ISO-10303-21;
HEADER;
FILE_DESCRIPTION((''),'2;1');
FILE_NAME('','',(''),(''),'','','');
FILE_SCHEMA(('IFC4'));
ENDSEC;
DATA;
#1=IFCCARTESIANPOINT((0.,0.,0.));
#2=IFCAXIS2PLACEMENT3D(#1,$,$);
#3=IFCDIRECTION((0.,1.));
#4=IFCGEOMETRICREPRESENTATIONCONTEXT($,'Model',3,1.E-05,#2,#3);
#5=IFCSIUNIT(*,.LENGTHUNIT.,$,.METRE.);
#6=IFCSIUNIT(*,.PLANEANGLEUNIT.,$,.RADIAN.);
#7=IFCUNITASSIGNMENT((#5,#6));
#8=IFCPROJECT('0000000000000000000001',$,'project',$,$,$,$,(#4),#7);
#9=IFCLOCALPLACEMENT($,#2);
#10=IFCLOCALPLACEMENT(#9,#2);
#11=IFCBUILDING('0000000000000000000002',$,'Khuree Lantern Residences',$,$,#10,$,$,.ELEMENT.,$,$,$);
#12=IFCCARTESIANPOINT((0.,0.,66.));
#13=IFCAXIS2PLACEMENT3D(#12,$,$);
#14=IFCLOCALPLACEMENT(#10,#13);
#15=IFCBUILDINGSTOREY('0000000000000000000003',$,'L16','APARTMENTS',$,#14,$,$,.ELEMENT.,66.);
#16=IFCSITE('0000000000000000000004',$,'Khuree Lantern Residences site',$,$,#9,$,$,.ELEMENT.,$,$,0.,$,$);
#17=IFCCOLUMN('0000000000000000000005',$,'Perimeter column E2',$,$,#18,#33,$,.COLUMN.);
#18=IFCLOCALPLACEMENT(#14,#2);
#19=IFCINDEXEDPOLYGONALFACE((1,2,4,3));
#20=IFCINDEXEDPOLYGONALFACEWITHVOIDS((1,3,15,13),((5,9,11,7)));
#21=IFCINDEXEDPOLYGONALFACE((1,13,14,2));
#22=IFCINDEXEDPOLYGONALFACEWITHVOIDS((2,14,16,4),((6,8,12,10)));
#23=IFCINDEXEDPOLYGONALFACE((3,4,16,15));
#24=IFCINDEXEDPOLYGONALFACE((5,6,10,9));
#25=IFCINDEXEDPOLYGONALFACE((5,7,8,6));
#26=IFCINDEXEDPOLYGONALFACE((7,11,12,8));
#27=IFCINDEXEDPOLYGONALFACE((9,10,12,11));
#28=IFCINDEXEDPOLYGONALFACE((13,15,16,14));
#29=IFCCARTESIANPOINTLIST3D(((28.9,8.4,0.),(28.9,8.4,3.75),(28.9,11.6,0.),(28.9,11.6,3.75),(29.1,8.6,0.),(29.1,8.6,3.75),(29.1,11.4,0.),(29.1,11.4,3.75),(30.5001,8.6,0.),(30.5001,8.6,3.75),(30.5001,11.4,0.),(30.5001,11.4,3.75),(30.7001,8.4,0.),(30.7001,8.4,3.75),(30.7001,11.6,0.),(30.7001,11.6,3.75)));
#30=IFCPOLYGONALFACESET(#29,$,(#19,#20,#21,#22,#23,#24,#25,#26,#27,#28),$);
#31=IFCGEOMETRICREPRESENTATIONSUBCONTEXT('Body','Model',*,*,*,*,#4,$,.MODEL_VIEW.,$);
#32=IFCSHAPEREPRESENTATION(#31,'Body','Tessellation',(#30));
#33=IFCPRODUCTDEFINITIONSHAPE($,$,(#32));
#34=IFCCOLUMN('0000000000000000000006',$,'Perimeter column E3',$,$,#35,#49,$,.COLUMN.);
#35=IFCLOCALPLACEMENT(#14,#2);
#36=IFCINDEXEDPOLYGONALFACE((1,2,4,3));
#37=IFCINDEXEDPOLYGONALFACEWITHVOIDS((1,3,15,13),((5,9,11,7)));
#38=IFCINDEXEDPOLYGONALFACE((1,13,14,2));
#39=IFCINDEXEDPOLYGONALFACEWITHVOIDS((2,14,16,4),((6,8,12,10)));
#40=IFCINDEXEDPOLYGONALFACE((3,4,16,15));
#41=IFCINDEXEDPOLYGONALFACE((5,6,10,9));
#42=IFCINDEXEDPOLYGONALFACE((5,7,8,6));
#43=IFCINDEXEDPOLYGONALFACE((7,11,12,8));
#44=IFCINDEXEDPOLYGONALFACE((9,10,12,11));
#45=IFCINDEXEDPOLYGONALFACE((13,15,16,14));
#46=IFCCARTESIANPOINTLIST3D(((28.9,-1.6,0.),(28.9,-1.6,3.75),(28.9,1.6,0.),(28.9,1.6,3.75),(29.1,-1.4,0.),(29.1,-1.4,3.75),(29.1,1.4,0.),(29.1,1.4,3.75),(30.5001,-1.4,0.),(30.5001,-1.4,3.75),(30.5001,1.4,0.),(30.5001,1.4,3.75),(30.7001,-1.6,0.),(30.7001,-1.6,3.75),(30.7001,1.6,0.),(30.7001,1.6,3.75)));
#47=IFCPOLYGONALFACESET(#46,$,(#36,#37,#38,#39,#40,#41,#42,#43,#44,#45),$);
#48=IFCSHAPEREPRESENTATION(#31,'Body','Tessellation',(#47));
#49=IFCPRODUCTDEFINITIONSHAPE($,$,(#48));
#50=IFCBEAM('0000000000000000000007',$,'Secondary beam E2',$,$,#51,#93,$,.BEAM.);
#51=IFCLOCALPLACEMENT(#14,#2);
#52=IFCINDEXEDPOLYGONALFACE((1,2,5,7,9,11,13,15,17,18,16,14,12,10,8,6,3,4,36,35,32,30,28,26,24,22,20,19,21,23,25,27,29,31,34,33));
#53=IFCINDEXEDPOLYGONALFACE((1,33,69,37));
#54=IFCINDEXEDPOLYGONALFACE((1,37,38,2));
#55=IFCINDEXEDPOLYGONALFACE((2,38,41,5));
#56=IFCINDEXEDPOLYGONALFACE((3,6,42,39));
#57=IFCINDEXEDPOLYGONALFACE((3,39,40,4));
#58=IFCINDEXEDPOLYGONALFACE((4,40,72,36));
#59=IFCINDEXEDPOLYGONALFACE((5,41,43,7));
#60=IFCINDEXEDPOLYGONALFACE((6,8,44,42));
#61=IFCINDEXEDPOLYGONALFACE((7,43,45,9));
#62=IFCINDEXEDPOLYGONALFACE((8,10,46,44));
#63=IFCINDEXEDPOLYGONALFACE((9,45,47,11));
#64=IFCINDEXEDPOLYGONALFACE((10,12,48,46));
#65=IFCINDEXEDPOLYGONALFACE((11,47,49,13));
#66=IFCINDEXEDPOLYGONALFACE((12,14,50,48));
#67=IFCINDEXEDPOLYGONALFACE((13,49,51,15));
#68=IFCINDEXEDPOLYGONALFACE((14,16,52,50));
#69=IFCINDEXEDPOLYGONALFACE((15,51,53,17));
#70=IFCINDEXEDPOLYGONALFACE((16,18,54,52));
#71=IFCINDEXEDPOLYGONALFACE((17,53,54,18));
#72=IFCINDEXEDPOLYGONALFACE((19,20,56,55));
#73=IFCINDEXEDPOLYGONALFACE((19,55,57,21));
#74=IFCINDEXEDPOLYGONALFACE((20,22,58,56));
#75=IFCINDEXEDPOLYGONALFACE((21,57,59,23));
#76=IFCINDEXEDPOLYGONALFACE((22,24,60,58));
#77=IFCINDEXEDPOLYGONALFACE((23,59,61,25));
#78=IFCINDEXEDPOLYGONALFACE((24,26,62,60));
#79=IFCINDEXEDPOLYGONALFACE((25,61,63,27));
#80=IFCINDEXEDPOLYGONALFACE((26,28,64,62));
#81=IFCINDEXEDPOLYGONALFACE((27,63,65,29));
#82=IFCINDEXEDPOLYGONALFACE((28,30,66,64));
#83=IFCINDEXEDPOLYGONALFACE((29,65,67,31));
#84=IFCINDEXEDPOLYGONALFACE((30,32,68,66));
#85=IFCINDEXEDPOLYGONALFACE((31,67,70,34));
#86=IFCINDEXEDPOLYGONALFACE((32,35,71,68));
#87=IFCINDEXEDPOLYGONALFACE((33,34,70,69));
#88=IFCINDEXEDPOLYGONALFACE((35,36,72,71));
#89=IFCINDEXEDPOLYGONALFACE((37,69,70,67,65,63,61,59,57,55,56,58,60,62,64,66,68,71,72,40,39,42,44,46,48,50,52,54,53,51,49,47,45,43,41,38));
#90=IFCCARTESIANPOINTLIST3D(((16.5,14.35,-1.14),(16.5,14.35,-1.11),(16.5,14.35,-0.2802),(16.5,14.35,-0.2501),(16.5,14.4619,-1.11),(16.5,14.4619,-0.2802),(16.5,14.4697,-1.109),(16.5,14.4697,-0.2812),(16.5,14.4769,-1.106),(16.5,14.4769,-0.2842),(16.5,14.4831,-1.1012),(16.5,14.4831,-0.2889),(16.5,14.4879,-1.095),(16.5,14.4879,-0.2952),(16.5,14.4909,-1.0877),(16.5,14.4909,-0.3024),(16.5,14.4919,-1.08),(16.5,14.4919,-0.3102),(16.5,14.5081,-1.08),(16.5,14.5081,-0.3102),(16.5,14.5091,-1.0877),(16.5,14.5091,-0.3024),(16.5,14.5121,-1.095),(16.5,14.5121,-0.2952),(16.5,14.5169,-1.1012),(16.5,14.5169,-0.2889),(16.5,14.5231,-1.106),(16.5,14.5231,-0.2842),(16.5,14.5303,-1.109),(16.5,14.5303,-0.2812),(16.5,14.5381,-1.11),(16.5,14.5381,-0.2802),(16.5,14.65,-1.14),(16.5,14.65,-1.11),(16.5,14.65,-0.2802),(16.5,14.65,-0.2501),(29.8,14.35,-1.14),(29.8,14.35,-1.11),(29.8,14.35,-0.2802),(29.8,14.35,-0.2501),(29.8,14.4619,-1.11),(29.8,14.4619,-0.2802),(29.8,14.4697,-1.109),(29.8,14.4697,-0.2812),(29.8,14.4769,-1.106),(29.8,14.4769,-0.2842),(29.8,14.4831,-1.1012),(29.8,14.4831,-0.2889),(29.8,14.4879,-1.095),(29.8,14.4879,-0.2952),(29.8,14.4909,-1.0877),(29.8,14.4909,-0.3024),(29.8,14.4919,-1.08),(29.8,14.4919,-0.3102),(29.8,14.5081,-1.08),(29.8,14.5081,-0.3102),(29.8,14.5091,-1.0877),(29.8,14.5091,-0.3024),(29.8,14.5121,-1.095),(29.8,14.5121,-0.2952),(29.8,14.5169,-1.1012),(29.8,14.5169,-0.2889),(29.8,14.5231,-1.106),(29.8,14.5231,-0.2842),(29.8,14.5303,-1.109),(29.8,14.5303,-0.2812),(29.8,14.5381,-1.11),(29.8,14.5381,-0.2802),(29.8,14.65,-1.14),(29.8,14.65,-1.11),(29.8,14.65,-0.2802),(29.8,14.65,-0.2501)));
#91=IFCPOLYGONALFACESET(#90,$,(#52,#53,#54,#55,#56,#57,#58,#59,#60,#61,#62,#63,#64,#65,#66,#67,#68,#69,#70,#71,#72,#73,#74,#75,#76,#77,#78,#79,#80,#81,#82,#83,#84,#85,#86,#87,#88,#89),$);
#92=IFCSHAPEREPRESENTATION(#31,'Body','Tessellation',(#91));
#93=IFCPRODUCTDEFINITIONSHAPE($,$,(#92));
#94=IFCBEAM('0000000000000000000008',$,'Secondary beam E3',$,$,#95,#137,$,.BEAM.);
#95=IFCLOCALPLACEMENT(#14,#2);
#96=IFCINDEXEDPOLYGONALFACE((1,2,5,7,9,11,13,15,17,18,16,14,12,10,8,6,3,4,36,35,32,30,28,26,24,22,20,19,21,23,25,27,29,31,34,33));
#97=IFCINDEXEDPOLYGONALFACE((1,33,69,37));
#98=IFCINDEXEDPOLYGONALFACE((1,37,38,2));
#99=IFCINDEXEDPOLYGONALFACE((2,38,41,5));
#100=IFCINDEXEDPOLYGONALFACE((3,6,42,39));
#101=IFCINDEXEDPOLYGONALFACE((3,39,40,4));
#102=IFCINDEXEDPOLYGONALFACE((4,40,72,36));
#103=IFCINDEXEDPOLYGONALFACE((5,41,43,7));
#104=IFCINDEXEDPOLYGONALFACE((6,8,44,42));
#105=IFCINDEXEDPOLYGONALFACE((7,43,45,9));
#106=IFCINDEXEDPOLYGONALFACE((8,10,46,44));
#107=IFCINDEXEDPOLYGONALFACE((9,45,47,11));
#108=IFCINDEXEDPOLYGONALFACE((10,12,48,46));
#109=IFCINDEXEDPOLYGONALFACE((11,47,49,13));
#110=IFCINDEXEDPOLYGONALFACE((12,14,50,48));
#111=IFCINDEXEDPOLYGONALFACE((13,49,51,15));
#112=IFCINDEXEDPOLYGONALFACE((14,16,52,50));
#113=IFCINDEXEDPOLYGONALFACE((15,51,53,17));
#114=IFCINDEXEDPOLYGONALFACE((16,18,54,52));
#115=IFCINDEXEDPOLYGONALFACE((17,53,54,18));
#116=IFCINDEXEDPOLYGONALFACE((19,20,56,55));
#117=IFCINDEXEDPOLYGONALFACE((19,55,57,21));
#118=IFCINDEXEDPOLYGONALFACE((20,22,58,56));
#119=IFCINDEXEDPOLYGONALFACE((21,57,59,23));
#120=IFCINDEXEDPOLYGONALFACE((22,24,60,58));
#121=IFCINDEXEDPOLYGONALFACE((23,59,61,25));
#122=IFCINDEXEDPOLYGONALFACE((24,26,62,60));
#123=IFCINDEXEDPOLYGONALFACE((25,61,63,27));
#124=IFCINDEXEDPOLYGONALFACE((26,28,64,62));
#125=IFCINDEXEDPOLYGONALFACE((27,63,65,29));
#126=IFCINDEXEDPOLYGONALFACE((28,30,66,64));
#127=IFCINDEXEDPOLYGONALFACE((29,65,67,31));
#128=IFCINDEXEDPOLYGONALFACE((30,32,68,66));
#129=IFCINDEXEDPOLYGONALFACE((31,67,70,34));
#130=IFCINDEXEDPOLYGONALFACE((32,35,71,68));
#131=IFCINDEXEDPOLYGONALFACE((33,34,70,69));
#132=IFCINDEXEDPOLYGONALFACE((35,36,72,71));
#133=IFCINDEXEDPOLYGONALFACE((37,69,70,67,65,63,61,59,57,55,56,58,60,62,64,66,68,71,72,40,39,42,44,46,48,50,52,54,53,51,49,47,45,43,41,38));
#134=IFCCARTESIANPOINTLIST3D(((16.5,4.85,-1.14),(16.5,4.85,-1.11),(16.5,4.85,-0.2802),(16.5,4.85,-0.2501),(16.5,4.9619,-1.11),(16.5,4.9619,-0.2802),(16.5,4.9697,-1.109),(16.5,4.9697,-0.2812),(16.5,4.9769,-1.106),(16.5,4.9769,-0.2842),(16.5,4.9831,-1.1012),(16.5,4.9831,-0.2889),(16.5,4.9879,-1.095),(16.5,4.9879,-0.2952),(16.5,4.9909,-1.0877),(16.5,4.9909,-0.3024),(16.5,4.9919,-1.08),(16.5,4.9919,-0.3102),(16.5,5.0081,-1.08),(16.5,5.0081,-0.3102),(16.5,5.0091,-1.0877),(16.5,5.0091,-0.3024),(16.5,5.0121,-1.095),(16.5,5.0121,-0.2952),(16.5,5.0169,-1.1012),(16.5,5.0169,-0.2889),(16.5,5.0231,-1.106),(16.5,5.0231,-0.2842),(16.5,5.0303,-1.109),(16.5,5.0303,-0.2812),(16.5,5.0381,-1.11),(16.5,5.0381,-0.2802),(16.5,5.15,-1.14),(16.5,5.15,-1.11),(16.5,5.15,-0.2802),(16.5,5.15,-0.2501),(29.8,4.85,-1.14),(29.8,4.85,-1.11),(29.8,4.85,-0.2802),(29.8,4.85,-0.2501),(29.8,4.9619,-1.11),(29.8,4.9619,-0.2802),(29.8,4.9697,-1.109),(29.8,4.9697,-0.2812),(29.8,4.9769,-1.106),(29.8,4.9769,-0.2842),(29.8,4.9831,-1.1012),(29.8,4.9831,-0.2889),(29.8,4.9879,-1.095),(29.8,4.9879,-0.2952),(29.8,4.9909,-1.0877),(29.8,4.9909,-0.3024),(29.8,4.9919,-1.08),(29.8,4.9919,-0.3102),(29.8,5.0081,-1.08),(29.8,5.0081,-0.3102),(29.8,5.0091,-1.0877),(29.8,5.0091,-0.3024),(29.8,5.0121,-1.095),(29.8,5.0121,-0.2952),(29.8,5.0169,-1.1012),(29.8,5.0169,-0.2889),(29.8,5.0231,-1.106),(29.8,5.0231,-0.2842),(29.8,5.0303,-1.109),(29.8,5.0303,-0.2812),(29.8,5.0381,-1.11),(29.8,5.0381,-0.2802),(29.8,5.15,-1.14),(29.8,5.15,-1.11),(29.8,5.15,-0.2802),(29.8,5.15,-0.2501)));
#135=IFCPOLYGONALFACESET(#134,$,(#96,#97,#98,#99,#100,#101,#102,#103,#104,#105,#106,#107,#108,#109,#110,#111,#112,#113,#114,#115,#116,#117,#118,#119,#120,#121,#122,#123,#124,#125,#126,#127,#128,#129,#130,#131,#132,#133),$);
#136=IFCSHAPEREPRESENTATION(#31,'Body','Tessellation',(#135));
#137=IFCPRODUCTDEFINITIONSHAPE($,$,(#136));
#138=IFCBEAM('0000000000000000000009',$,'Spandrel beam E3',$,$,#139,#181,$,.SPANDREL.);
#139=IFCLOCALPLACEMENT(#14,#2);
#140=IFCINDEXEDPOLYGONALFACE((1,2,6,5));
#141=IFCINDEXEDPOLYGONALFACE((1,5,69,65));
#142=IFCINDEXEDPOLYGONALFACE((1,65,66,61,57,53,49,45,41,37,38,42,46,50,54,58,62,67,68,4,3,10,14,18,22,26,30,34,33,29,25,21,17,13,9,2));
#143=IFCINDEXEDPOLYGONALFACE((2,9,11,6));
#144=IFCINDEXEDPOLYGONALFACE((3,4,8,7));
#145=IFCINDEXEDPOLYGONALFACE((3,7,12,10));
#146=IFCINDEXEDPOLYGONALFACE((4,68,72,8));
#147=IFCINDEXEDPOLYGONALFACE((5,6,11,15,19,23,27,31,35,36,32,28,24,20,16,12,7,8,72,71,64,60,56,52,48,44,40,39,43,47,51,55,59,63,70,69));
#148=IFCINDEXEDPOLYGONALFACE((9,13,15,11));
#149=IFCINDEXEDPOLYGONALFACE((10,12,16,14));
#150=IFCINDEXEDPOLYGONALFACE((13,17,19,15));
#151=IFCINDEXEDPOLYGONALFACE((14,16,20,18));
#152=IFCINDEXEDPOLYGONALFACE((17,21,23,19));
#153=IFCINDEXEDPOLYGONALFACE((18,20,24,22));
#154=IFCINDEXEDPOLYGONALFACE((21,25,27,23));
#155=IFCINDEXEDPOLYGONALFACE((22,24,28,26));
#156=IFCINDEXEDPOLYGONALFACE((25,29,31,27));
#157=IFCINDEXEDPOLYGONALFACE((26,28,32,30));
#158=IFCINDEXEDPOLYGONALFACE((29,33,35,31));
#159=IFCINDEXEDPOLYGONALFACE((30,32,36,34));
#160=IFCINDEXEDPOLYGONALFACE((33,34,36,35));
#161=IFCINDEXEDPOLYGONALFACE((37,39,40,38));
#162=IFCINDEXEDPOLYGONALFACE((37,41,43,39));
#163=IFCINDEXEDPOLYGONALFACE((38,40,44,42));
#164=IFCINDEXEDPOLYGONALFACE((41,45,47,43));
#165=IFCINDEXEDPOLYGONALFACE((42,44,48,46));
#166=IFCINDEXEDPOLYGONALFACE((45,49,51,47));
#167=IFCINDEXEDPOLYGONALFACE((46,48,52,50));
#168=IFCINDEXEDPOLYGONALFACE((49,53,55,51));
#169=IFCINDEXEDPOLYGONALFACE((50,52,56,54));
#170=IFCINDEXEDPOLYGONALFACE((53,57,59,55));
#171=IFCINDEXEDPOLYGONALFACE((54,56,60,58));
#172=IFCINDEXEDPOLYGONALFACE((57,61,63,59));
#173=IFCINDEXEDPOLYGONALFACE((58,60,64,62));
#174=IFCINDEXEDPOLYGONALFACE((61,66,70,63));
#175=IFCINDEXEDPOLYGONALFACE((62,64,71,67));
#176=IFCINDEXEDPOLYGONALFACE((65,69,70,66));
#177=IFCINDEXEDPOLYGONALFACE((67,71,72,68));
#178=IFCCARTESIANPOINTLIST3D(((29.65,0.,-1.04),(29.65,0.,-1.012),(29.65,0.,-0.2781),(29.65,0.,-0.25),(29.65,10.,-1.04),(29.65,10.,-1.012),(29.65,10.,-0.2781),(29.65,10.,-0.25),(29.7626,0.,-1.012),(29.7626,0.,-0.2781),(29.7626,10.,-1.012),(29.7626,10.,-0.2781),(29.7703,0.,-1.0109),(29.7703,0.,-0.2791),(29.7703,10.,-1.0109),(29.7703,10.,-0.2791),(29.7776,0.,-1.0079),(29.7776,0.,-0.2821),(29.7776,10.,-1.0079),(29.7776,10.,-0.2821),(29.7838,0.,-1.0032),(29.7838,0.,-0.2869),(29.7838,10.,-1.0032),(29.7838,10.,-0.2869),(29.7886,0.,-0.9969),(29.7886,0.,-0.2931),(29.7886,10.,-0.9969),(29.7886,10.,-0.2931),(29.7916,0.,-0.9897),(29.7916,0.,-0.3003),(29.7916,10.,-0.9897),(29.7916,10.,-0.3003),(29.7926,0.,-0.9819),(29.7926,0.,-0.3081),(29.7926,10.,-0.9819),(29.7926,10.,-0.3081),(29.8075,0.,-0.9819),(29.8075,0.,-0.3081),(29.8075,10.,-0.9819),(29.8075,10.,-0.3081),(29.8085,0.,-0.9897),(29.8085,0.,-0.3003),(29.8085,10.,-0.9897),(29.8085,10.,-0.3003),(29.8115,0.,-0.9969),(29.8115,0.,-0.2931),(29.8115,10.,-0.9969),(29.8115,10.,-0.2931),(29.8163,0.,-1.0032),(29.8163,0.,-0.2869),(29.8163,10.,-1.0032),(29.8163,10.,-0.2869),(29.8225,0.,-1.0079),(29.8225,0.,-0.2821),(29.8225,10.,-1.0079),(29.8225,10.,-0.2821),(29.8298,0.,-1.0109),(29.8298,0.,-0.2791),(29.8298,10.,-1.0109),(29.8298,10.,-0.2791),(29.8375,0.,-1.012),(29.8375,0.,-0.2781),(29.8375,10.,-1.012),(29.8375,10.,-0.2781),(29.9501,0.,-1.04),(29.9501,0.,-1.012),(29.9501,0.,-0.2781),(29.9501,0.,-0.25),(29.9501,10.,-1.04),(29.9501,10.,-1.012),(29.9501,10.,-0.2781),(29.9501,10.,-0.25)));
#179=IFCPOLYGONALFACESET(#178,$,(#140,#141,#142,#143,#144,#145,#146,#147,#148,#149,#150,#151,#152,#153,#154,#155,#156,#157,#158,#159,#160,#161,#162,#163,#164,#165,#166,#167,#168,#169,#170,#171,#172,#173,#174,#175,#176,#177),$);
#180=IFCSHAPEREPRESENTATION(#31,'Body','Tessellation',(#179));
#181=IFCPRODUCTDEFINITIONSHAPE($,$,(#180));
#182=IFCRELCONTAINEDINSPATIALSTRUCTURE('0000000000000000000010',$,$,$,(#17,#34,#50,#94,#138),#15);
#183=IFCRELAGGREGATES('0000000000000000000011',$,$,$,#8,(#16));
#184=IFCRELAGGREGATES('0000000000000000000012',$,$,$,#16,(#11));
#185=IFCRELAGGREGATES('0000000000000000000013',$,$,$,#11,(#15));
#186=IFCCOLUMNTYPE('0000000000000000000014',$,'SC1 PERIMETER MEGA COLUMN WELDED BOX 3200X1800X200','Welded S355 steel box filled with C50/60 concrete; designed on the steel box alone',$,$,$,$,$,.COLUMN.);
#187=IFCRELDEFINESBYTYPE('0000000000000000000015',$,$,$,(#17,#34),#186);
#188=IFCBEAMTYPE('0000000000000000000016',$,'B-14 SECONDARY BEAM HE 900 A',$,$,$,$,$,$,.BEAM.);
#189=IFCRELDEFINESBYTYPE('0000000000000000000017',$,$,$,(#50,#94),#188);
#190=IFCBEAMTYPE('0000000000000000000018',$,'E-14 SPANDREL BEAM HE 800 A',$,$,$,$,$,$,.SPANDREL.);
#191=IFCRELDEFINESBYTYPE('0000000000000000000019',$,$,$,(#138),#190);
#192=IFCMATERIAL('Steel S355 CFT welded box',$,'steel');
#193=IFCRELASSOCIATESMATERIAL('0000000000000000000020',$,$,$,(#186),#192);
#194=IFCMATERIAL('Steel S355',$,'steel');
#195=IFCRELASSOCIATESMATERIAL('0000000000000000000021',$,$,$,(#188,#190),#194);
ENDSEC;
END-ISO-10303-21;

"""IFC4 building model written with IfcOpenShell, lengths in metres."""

from ifc_helpers import new_model, si_unit, direction, frame, origin, origin_2d, place, context, subcontext, project, spatial, hollow_rectangle, i_section, extrude, material, material_profile, profile_set, type_object, element, save


model = new_model("IFC4")

# Units and contexts
model_context = context("Model", 3, precision=1e-05, world=origin(), true_north=direction((0.0, 1.0)))
body_context = subcontext(model_context, "Body", "Model", "MODEL_VIEW")
ifc_project = project(units=[si_unit("LENGTHUNIT", "METRE"), si_unit("PLANEANGLEUNIT", "RADIAN")], contexts=[model_context])

# Site, building, storey
site_placement = place(None, origin())
site = spatial("IfcSite", under=ifc_project, at=site_placement, Name="Khuree Lantern Residences site", CompositionType="ELEMENT", RefElevation=0.0)
building_placement = place(site_placement, origin())
building = spatial("IfcBuilding", under=site, at=building_placement, Name="Khuree Lantern Residences", CompositionType="ELEMENT")
storey_placement = place(building_placement, frame((0.0, 0.0, 66.0)))
storey = spatial("IfcBuildingStorey", under=building, at=storey_placement, Name="L16", Description="APARTMENTS", CompositionType="ELEMENT", Elevation=66.0)

# Columns
ifc_material_1 = material(Name="Steel S355 CFT welded box", Category="steel")
ifc_material_profile_1 = material_profile(ifc_material_1, hollow_rectangle(XDim=3.2, YDim=1.8, WallThickness=0.2, at=origin_2d()), Name="WELDED BOX 3200X1800X200")
ifc_profile_set_1 = profile_set([ifc_material_profile_1], Name="Steel S355 CFT welded box")
column_type = type_object("IfcColumnType", Name="SC1 PERIMETER MEGA COLUMN WELDED BOX 3200X1800X200", Description="Welded S355 steel box filled with C50/60 concrete; designed on the steel box alone", PredefinedType="COLUMN", material=ifc_profile_set_1)
for number, where, z_axis, x_axis, name in (
    (1, (29.8, 10.0, 0.0), (0.0, 0.0, 1.0), (0.0, 1.0, 0.0), "Perimeter column E2"),
    (2, (29.8, 0.0, 0.0), (0.0, 0.0, 1.0), (0.0, 1.0, 0.0), "Perimeter column E3"),
):
    element("IfcColumn", number, at=place(storey_placement, frame(where, z_axis=z_axis, x_axis=x_axis)), inside=storey, type_object=column_type, Name=name, PredefinedType="COLUMN", context=body_context, shape_type="SweptSolid", body=[
        extrude(hollow_rectangle(XDim=3.2, YDim=1.8, WallThickness=0.2, at=origin_2d()), origin(), (0.0, 0.0, 1.0), 3.75),
    ])

# Beams
ifc_material_2 = material(Name="Steel S355", Category="steel")
ifc_material_profile_2 = material_profile(ifc_material_2, i_section(OverallWidth=0.3, OverallDepth=0.8899, WebThickness=0.0161, FlangeThickness=0.03, FilletRadius=0.03, at=origin_2d()), Name="HE 900 A")
ifc_profile_set_2 = profile_set([ifc_material_profile_2], Name="Steel S355")
beam_type_1 = type_object("IfcBeamType", Name="B-14 SECONDARY BEAM HE 900 A", PredefinedType="BEAM", material=ifc_profile_set_2)
for number, where, z_axis, x_axis, name in (
    (3, (29.8, 14.5, -0.6951), (-1.0, 0.0, 0.0), (0.0, -1.0, 0.0), "Secondary beam E2"),
    (4, (29.8, 5.0, -0.6951), (-1.0, 0.0, 0.0), (0.0, -1.0, 0.0), "Secondary beam E3"),
):
    element("IfcBeam", number, at=place(storey_placement, frame(where, z_axis=z_axis, x_axis=x_axis)), inside=storey, type_object=beam_type_1, Name=name, PredefinedType="BEAM", context=body_context, shape_type="SweptSolid", body=[
        extrude(i_section(OverallWidth=0.3, OverallDepth=0.8899, WebThickness=0.0161, FlangeThickness=0.03, FilletRadius=0.03, at=origin_2d()), origin(), (0.0, 0.0, 1.0), 13.3),
    ])
ifc_material_profile_3 = material_profile(ifc_material_2, i_section(OverallWidth=0.3, OverallDepth=0.79, WebThickness=0.0149, FlangeThickness=0.0281, FilletRadius=0.03, at=origin_2d()), Name="HE 800 A")
ifc_profile_set_3 = profile_set([ifc_material_profile_3], Name="Steel S355")
beam_type_2 = type_object("IfcBeamType", Name="E-14 SPANDREL BEAM HE 800 A", PredefinedType="SPANDREL", material=ifc_profile_set_3)
for number, where, z_axis, x_axis, name in (
    (5, (29.8, 10.0, -0.645), (0.0, -1.0, 0.0), (1.0, 0.0, 0.0), "Spandrel beam E3"),
):
    element("IfcBeam", number, at=place(storey_placement, frame(where, z_axis=z_axis, x_axis=x_axis)), inside=storey, type_object=beam_type_2, Name=name, PredefinedType="SPANDREL", context=body_context, shape_type="SweptSolid", body=[
        extrude(i_section(OverallWidth=0.3, OverallDepth=0.79, WebThickness=0.0149, FlangeThickness=0.0281, FilletRadius=0.03, at=origin_2d()), origin(), (0.0, 0.0, 1.0), 10.0),
    ])

save(model, "model.ifc")
